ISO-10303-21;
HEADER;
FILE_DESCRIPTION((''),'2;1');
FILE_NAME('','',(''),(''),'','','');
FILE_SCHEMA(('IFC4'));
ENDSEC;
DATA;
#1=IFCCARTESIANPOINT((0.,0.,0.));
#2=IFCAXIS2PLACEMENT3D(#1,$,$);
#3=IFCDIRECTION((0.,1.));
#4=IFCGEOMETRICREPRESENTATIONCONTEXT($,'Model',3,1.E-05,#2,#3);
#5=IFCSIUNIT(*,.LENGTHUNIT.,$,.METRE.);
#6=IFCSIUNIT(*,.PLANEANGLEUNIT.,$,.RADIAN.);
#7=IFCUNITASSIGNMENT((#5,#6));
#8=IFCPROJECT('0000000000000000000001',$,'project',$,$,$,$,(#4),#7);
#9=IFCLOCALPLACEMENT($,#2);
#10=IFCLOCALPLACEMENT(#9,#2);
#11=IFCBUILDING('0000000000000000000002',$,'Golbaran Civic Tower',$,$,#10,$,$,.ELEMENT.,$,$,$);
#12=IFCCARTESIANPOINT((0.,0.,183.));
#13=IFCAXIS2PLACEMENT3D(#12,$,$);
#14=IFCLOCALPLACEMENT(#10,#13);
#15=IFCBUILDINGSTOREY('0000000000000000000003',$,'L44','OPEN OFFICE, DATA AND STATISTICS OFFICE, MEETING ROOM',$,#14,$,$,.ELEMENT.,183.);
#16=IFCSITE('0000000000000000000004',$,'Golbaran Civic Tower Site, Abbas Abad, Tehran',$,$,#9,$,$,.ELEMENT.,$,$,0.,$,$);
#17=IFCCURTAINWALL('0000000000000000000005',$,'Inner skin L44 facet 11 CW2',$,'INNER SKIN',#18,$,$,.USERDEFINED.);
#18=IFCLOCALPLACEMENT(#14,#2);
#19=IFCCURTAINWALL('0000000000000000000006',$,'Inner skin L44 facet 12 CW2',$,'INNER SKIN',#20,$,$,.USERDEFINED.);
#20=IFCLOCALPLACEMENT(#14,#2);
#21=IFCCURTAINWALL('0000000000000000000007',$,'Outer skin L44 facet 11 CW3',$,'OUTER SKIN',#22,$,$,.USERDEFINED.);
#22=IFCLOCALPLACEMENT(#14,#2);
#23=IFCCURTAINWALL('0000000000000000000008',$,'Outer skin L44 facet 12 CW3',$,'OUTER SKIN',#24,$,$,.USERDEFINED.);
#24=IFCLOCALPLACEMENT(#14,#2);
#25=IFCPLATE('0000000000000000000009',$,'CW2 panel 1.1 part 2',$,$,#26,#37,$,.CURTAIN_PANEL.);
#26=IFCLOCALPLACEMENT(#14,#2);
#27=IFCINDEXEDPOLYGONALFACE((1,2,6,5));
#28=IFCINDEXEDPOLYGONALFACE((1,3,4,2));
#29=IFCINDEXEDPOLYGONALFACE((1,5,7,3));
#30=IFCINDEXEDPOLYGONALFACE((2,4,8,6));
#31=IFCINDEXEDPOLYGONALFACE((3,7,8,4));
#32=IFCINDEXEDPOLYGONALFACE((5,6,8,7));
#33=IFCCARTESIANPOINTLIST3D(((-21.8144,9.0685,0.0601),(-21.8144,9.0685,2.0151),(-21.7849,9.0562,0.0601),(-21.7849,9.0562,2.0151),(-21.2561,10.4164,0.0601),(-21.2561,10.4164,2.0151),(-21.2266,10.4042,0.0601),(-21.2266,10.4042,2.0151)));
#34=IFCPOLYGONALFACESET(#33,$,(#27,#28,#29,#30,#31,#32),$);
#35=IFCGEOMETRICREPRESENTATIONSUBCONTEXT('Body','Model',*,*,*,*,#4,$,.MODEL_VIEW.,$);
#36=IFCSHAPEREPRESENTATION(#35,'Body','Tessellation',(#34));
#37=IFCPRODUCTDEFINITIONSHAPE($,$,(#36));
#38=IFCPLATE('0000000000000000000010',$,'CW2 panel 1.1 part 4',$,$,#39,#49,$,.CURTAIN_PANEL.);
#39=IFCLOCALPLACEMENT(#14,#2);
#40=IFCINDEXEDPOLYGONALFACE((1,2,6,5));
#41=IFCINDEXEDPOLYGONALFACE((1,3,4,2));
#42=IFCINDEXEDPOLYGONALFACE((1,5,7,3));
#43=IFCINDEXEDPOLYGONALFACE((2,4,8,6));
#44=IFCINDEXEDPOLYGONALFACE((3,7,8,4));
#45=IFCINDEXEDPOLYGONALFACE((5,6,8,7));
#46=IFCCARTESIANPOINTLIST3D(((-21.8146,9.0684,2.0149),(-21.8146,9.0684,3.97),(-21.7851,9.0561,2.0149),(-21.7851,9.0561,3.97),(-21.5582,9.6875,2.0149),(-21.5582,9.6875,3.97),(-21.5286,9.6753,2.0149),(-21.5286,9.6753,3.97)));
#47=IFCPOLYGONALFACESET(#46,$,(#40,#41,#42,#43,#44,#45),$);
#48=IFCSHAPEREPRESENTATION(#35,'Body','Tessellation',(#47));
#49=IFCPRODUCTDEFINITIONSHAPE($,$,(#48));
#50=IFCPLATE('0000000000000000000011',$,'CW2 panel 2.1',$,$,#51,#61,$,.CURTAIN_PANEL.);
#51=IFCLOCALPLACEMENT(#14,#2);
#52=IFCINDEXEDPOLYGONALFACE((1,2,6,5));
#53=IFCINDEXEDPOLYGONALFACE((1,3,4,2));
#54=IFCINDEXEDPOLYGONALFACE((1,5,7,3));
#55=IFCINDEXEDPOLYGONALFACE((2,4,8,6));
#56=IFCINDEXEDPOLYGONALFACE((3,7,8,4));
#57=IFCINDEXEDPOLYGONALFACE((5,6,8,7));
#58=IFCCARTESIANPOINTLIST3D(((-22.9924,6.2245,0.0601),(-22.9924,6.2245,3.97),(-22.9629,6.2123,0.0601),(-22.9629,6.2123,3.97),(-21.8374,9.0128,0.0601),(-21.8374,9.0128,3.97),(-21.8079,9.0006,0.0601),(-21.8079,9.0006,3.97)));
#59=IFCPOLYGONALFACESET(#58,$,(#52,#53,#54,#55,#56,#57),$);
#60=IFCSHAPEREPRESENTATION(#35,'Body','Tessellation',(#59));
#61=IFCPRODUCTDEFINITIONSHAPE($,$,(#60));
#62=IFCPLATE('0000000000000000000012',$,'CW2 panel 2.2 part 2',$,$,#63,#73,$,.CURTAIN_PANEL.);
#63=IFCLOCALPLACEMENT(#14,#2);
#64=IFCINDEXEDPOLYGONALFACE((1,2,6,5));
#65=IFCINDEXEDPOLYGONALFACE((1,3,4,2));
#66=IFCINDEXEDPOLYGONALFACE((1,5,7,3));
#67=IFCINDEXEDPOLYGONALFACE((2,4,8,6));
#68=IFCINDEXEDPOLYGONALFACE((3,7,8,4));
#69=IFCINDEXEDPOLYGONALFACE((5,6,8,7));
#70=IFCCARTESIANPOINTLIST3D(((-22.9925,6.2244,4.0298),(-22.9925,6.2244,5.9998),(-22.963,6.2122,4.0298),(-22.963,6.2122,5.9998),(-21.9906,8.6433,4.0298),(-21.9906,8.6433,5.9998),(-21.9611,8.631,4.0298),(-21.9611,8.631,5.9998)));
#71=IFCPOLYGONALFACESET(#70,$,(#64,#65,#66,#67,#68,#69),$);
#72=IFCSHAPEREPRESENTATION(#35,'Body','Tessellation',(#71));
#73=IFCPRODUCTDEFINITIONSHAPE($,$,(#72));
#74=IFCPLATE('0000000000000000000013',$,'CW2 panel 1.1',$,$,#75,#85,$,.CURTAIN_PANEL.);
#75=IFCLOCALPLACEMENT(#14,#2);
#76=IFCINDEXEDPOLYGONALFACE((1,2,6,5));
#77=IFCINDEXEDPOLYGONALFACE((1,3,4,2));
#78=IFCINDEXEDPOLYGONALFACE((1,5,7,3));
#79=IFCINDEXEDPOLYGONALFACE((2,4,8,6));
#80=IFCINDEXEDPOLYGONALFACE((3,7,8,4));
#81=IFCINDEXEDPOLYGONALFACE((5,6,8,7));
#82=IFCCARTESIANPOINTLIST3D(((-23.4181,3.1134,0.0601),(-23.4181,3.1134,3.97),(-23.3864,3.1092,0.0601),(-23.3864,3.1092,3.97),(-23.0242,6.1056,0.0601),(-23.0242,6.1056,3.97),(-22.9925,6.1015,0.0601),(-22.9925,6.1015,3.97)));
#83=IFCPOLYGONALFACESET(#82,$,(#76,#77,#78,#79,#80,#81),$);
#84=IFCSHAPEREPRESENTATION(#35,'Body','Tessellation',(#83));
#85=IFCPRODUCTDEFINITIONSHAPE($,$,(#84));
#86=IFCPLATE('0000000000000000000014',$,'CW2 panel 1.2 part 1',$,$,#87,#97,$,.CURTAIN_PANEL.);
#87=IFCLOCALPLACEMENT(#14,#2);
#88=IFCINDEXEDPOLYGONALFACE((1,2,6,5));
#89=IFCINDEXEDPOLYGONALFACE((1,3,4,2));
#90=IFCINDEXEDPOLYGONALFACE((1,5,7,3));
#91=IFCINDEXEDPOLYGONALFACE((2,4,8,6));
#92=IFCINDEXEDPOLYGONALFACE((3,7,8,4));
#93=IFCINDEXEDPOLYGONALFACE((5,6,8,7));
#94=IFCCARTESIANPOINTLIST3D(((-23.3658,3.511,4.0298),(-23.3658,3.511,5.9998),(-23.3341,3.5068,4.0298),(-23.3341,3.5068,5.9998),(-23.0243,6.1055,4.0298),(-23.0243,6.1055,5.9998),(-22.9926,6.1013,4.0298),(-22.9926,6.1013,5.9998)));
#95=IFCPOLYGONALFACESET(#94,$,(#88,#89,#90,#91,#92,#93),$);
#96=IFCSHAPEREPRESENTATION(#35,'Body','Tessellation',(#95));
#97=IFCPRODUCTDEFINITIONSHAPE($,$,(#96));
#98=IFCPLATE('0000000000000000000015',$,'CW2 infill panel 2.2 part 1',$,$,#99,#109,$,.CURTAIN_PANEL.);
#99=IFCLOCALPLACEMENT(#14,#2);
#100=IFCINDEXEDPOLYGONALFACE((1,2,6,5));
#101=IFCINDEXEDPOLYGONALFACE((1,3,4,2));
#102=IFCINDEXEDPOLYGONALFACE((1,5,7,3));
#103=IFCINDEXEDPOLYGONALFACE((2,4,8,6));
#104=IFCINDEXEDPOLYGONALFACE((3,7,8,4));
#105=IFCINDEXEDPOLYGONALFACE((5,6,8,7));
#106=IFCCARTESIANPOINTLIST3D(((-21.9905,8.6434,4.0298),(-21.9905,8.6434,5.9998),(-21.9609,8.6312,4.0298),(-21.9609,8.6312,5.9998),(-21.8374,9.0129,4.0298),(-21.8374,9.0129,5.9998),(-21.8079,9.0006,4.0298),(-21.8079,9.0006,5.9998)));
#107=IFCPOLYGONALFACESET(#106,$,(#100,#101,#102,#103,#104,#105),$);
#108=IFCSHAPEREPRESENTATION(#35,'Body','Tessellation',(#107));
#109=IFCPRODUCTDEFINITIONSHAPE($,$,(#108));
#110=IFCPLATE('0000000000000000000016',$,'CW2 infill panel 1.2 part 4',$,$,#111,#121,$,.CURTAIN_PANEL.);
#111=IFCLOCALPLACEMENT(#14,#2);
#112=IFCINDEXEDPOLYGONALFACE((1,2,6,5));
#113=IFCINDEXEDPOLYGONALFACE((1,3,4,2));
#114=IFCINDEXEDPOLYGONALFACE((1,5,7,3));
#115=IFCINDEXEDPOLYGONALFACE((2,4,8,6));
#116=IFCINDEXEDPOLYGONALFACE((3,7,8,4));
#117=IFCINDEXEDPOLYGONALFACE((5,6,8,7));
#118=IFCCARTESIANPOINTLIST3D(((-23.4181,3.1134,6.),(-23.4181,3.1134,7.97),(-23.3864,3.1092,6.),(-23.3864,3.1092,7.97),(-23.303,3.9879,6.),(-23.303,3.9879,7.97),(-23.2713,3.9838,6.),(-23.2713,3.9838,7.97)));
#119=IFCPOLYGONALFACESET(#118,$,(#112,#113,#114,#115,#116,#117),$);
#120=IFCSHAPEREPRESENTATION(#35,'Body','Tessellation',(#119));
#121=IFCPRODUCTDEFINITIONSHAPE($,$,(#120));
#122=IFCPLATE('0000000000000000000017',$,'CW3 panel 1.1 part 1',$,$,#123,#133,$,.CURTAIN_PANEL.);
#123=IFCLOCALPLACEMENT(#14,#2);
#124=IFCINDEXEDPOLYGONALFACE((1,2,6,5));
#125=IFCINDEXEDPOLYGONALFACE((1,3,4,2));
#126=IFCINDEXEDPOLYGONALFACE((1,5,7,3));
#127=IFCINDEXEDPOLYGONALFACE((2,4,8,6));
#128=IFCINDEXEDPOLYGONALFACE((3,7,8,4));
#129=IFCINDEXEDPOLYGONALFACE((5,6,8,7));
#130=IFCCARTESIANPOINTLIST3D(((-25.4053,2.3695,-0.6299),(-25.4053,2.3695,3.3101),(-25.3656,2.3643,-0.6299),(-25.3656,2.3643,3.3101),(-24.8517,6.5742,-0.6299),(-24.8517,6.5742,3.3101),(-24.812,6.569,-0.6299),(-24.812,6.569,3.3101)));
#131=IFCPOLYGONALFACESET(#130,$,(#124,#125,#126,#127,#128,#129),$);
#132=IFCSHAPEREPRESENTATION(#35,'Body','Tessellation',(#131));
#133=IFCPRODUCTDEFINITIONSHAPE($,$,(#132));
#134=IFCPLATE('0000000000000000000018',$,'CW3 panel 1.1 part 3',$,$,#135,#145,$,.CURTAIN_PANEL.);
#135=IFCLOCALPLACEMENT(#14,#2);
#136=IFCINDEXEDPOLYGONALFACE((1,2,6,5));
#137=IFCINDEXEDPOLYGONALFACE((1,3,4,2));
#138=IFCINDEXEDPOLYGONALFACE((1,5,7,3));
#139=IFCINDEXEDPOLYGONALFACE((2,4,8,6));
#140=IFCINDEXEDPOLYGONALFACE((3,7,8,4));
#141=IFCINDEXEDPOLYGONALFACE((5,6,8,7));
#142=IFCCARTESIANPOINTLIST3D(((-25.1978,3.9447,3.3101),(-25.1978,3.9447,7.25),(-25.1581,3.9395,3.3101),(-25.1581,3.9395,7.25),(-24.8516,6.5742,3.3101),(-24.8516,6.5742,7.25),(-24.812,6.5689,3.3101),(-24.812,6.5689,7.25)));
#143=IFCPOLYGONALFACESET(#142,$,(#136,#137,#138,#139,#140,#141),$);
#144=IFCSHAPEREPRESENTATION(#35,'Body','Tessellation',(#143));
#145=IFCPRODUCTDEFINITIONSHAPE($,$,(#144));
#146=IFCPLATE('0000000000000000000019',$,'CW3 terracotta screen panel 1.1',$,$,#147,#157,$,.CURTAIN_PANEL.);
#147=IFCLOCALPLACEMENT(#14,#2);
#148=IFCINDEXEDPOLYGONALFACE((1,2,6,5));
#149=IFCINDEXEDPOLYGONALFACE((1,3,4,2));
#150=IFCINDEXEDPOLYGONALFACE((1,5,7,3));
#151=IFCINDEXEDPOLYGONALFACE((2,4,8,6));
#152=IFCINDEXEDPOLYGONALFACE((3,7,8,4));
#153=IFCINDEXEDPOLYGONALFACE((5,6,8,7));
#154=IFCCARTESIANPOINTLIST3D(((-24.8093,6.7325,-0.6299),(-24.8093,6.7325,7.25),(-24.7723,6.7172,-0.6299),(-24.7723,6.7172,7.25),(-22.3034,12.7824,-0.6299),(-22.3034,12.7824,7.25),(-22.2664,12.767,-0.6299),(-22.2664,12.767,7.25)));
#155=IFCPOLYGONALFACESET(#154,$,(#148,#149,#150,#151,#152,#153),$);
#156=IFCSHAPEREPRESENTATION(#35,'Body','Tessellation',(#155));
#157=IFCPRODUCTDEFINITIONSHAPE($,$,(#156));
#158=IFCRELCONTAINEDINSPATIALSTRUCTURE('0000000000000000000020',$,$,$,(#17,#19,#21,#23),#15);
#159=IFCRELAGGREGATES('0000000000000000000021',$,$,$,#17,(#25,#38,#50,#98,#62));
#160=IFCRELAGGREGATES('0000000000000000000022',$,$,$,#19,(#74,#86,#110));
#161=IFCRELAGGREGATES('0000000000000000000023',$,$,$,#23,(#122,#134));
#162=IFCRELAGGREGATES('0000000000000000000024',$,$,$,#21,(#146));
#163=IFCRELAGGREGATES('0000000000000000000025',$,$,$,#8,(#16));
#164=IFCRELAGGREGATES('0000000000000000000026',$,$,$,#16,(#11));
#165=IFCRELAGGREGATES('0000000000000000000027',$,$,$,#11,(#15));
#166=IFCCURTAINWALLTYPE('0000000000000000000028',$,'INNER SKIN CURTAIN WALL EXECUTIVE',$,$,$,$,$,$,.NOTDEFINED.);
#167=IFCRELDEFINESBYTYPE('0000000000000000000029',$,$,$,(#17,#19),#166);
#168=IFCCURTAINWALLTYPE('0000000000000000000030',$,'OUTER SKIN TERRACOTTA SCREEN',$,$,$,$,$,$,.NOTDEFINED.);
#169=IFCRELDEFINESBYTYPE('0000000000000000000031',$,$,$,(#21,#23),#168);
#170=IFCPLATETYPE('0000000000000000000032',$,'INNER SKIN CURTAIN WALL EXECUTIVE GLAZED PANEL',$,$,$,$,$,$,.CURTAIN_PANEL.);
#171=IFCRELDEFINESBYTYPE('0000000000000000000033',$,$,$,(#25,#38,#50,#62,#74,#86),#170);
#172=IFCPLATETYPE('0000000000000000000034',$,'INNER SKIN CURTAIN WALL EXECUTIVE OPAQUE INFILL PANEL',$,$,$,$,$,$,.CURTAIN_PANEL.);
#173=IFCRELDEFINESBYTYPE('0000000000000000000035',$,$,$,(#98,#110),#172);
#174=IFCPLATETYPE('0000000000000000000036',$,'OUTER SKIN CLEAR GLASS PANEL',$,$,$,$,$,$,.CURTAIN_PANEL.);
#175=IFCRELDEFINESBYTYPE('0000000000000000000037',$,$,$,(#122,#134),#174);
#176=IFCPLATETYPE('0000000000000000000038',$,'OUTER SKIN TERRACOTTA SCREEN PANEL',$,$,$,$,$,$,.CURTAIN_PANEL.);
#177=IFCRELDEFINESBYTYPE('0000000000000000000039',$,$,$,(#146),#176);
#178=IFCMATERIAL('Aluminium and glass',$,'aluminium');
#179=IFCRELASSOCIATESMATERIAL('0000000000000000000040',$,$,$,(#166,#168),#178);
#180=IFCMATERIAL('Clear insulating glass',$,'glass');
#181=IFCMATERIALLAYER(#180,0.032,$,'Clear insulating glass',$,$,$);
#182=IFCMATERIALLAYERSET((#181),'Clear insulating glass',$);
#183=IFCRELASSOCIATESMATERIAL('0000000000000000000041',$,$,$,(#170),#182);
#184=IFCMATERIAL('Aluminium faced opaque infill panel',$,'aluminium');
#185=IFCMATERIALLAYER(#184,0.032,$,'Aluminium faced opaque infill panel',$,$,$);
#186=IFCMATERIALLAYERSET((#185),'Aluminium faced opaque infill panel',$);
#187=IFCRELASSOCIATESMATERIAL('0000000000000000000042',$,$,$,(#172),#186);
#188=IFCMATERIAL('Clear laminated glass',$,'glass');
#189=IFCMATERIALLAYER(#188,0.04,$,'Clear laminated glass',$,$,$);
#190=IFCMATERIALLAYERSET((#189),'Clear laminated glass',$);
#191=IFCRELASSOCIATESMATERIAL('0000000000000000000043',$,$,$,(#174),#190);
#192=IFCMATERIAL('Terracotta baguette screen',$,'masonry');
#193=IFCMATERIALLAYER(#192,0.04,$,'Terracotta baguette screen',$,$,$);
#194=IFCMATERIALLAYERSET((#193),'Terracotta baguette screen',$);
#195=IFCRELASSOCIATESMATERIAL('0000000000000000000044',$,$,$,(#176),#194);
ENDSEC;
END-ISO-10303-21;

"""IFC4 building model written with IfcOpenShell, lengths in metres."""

from ifc_helpers import new_model, si_unit, direction, frame, origin, origin_2d, place, context, subcontext, project, spatial, rectangle, extrude, material, layer, layer_set, type_object, element, aggregate, save


model = new_model("IFC4")

# Units and contexts
model_context = context("Model", 3, precision=1e-05, world=origin(), true_north=direction((0.0, 1.0)))
body_context = subcontext(model_context, "Body", "Model", "MODEL_VIEW")
ifc_project = project(units=[si_unit("LENGTHUNIT", "METRE"), si_unit("PLANEANGLEUNIT", "RADIAN")], contexts=[model_context])

# Site, building, storey
site_placement = place(None, origin())
site = spatial("IfcSite", under=ifc_project, at=site_placement, Name="Golbaran Civic Tower Site, Abbas Abad, Tehran", CompositionType="ELEMENT", RefElevation=0.0)
building_placement = place(site_placement, origin())
building = spatial("IfcBuilding", under=site, at=building_placement, Name="Golbaran Civic Tower", CompositionType="ELEMENT")
storey_placement = place(building_placement, frame((0.0, 0.0, 183.0)))
storey = spatial("IfcBuildingStorey", under=building, at=storey_placement, Name="L44", Description="OPEN OFFICE, DATA AND STATISTICS OFFICE, MEETING ROOM", CompositionType="ELEMENT", Elevation=183.0)

# Curtain wall
ifc_material_1 = material(Name="Aluminium and glass", Category="aluminium")
curtain_wall_type_1 = type_object("IfcCurtainWallType", Name="INNER SKIN CURTAIN WALL EXECUTIVE", PredefinedType="NOTDEFINED", material=ifc_material_1)
curtain_wall_1_placement = place(storey_placement, origin())
curtain_wall_1 = element("IfcCurtainWall", 1, at=curtain_wall_1_placement, inside=storey, type_object=curtain_wall_type_1, Name="Inner skin L44 facet 11 CW2", ObjectType="INNER SKIN", PredefinedType="USERDEFINED")

# Curtain wall
curtain_wall_2_placement = place(storey_placement, origin())
curtain_wall_2 = element("IfcCurtainWall", 2, at=curtain_wall_2_placement, inside=storey, type_object=curtain_wall_type_1, Name="Inner skin L44 facet 12 CW2", ObjectType="INNER SKIN", PredefinedType="USERDEFINED")

# Curtain wall
curtain_wall_type_2 = type_object("IfcCurtainWallType", Name="OUTER SKIN TERRACOTTA SCREEN", PredefinedType="NOTDEFINED", material=ifc_material_1)
curtain_wall_3_placement = place(storey_placement, origin())
curtain_wall_3 = element("IfcCurtainWall", 3, at=curtain_wall_3_placement, inside=storey, type_object=curtain_wall_type_2, Name="Outer skin L44 facet 11 CW3", ObjectType="OUTER SKIN", PredefinedType="USERDEFINED")

# Curtain wall
curtain_wall_4_placement = place(storey_placement, origin())
curtain_wall_4 = element("IfcCurtainWall", 4, at=curtain_wall_4_placement, inside=storey, type_object=curtain_wall_type_2, Name="Outer skin L44 facet 12 CW3", ObjectType="OUTER SKIN", PredefinedType="USERDEFINED")

# Plates
ifc_material_2 = material(Name="Clear insulating glass", Category="glass")
ifc_layer_1 = layer(ifc_material_2, 0.032, Name="Clear insulating glass")
ifc_layer_set_1 = layer_set([ifc_layer_1], Name="Clear insulating glass")
plate_type_1 = type_object("IfcPlateType", Name="INNER SKIN CURTAIN WALL EXECUTIVE GLAZED PANEL", PredefinedType="CURTAIN_PANEL", material=ifc_layer_set_1)
plate_1_placement = place(storey_placement, frame((-21.5205, 9.7363, 0.0601), z_axis=(0.0, 0.0, 1.0), x_axis=(-0.382683, -0.92388, 0.0)))
plate_1 = element("IfcPlate", 5, at=plate_1_placement, type_object=plate_type_1, Name="CW2 panel 1.1 part 2", PredefinedType="CURTAIN_PANEL", context=body_context, shape_type="SweptSolid", body=[
    extrude(rectangle(XDim=1.459, YDim=0.032, at=origin_2d()), origin(), (0.0, 0.0, 1.0), 1.9551),
])
plate_2_placement = place(storey_placement, frame((-21.6716, 9.3718, 2.0149), z_axis=(0.0, 0.0, 1.0), x_axis=(-0.382683, -0.92388, 0.0)))
plate_2 = element("IfcPlate", 6, at=plate_2_placement, type_object=plate_type_1, Name="CW2 panel 1.1 part 4", PredefinedType="CURTAIN_PANEL", context=body_context, shape_type="SweptSolid", body=[
    extrude(rectangle(XDim=0.6702, YDim=0.032, at=origin_2d()), origin(), (0.0, 0.0, 1.0), 1.9551),
])
plate_3_placement = place(storey_placement, frame((-22.4001, 7.6125, 0.0601), z_axis=(0.0, 0.0, 1.0), x_axis=(-0.382683, -0.92388, 0.0)))
plate_3 = element("IfcPlate", 7, at=plate_3_placement, type_object=plate_type_1, Name="CW2 panel 2.1", PredefinedType="CURTAIN_PANEL", context=body_context, shape_type="SweptSolid", body=[
    extrude(rectangle(XDim=3.0181, YDim=0.032, at=origin_2d()), origin(), (0.0, 0.0, 1.0), 3.9099),
])
plate_4_placement = place(storey_placement, frame((-22.4768, 7.4277, 4.0298), z_axis=(0.0, 0.0, 1.0), x_axis=(-0.382683, -0.92388, 0.0)))
plate_4 = element("IfcPlate", 8, at=plate_4_placement, type_object=plate_type_1, Name="CW2 panel 2.2 part 2", PredefinedType="CURTAIN_PANEL", context=body_context, shape_type="SweptSolid", body=[
    extrude(rectangle(XDim=2.6182, YDim=0.032, at=origin_2d()), origin(), (0.0, 0.0, 1.0), 1.97),
])
plate_5_placement = place(storey_placement, frame((-23.2053, 4.6074, 0.0601), z_axis=(0.0, 0.0, 1.0), x_axis=(-0.130526, -0.991445, 0.0)))
plate_5 = element("IfcPlate", 9, at=plate_5_placement, type_object=plate_type_1, Name="CW2 panel 1.1", PredefinedType="CURTAIN_PANEL", context=body_context, shape_type="SweptSolid", body=[
    extrude(rectangle(XDim=3.0181, YDim=0.032, at=origin_2d()), origin(), (0.0, 0.0, 1.0), 3.9099),
])
plate_6_placement = place(storey_placement, frame((-23.1792, 4.8062, 4.0298), z_axis=(0.0, 0.0, 1.0), x_axis=(-0.130526, -0.991445, 0.0)))
plate_6 = element("IfcPlate", 10, at=plate_6_placement, type_object=plate_type_1, Name="CW2 panel 1.2 part 1", PredefinedType="CURTAIN_PANEL", context=body_context, shape_type="SweptSolid", body=[
    extrude(rectangle(XDim=2.6169, YDim=0.032, at=origin_2d()), origin(), (0.0, 0.0, 1.0), 1.97),
])
ifc_material_3 = material(Name="Aluminium faced opaque infill panel", Category="aluminium")
ifc_layer_2 = layer(ifc_material_3, 0.032, Name="Aluminium faced opaque infill panel")
ifc_layer_set_2 = layer_set([ifc_layer_2], Name="Aluminium faced opaque infill panel")
plate_type_2 = type_object("IfcPlateType", Name="INNER SKIN CURTAIN WALL EXECUTIVE OPAQUE INFILL PANEL", PredefinedType="CURTAIN_PANEL", material=ifc_layer_set_2)
plate_7_placement = place(storey_placement, frame((-21.8992, 8.822, 4.0298), z_axis=(0.0, 0.0, 1.0), x_axis=(-0.382683, -0.92388, 0.0)))
plate_7 = element("IfcPlate", 11, at=plate_7_placement, type_object=plate_type_2, Name="CW2 infill panel 2.2 part 1", PredefinedType="CURTAIN_PANEL", context=body_context, shape_type="SweptSolid", body=[
    extrude(rectangle(XDim=0.3999, YDim=0.032, at=origin_2d()), origin(), (0.0, 0.0, 1.0), 1.97),
])
aggregate(curtain_wall_1, [plate_1, plate_2, plate_3, plate_7, plate_4])
plate_8_placement = place(storey_placement, frame((-23.3447, 3.5486, 6.0), z_axis=(0.0, 0.0, 1.0), x_axis=(-0.130526, -0.991445, 0.0)))
plate_8 = element("IfcPlate", 12, at=plate_8_placement, type_object=plate_type_2, Name="CW2 infill panel 1.2 part 4", PredefinedType="CURTAIN_PANEL", context=body_context, shape_type="SweptSolid", body=[
    extrude(rectangle(XDim=0.8821, YDim=0.032, at=origin_2d()), origin(), (0.0, 0.0, 1.0), 1.97),
])
aggregate(curtain_wall_2, [plate_5, plate_6, plate_8])
ifc_material_4 = material(Name="Clear laminated glass", Category="glass")
ifc_layer_3 = layer(ifc_material_4, 0.04, Name="Clear laminated glass")
ifc_layer_set_3 = layer_set([ifc_layer_3], Name="Clear laminated glass")
plate_type_3 = type_object("IfcPlateType", Name="OUTER SKIN CLEAR GLASS PANEL", PredefinedType="CURTAIN_PANEL", material=ifc_layer_set_3)
plate_9_placement = place(storey_placement, frame((-25.1086, 4.4692, -0.6299), z_axis=(0.0, 0.0, 1.0), x_axis=(-0.130526, -0.991445, 0.0)))
plate_9 = element("IfcPlate", 13, at=plate_9_placement, type_object=plate_type_3, Name="CW3 panel 1.1 part 1", PredefinedType="CURTAIN_PANEL", context=body_context, shape_type="SweptSolid", body=[
    extrude(rectangle(XDim=4.241, YDim=0.04, at=origin_2d()), origin(), (0.0, 0.0, 1.0), 3.9399),
])
plate_10_placement = place(storey_placement, frame((-25.0049, 5.2568, 3.3101), z_axis=(0.0, 0.0, 1.0), x_axis=(-0.130526, -0.991445, 0.0)))
plate_10 = element("IfcPlate", 14, at=plate_10_placement, type_object=plate_type_3, Name="CW3 panel 1.1 part 3", PredefinedType="CURTAIN_PANEL", context=body_context, shape_type="SweptSolid", body=[
    extrude(rectangle(XDim=2.6521, YDim=0.04, at=origin_2d()), origin(), (0.0, 0.0, 1.0), 3.9399),
])
aggregate(curtain_wall_4, [plate_9, plate_10])
ifc_material_5 = material(Name="Terracotta baguette screen", Category="masonry")
ifc_layer_4 = layer(ifc_material_5, 0.04, Name="Terracotta baguette screen")
ifc_layer_set_4 = layer_set([ifc_layer_4], Name="Terracotta baguette screen")
plate_type_4 = type_object("IfcPlateType", Name="OUTER SKIN TERRACOTTA SCREEN PANEL", PredefinedType="CURTAIN_PANEL", material=ifc_layer_set_4)
plate_11_placement = place(storey_placement, frame((-23.5378, 9.7498, -0.6299), z_axis=(0.0, 0.0, 1.0), x_axis=(-0.382683, -0.92388, 0.0)))
plate_11 = element("IfcPlate", 15, at=plate_11_placement, type_object=plate_type_4, Name="CW3 terracotta screen panel 1.1", PredefinedType="CURTAIN_PANEL", context=body_context, shape_type="SweptSolid", body=[
    extrude(rectangle(XDim=6.5483, YDim=0.04, at=origin_2d()), origin(), (0.0, 0.0, 1.0), 7.8799),
])
aggregate(curtain_wall_3, [plate_11])

save(model, "model.ifc")
